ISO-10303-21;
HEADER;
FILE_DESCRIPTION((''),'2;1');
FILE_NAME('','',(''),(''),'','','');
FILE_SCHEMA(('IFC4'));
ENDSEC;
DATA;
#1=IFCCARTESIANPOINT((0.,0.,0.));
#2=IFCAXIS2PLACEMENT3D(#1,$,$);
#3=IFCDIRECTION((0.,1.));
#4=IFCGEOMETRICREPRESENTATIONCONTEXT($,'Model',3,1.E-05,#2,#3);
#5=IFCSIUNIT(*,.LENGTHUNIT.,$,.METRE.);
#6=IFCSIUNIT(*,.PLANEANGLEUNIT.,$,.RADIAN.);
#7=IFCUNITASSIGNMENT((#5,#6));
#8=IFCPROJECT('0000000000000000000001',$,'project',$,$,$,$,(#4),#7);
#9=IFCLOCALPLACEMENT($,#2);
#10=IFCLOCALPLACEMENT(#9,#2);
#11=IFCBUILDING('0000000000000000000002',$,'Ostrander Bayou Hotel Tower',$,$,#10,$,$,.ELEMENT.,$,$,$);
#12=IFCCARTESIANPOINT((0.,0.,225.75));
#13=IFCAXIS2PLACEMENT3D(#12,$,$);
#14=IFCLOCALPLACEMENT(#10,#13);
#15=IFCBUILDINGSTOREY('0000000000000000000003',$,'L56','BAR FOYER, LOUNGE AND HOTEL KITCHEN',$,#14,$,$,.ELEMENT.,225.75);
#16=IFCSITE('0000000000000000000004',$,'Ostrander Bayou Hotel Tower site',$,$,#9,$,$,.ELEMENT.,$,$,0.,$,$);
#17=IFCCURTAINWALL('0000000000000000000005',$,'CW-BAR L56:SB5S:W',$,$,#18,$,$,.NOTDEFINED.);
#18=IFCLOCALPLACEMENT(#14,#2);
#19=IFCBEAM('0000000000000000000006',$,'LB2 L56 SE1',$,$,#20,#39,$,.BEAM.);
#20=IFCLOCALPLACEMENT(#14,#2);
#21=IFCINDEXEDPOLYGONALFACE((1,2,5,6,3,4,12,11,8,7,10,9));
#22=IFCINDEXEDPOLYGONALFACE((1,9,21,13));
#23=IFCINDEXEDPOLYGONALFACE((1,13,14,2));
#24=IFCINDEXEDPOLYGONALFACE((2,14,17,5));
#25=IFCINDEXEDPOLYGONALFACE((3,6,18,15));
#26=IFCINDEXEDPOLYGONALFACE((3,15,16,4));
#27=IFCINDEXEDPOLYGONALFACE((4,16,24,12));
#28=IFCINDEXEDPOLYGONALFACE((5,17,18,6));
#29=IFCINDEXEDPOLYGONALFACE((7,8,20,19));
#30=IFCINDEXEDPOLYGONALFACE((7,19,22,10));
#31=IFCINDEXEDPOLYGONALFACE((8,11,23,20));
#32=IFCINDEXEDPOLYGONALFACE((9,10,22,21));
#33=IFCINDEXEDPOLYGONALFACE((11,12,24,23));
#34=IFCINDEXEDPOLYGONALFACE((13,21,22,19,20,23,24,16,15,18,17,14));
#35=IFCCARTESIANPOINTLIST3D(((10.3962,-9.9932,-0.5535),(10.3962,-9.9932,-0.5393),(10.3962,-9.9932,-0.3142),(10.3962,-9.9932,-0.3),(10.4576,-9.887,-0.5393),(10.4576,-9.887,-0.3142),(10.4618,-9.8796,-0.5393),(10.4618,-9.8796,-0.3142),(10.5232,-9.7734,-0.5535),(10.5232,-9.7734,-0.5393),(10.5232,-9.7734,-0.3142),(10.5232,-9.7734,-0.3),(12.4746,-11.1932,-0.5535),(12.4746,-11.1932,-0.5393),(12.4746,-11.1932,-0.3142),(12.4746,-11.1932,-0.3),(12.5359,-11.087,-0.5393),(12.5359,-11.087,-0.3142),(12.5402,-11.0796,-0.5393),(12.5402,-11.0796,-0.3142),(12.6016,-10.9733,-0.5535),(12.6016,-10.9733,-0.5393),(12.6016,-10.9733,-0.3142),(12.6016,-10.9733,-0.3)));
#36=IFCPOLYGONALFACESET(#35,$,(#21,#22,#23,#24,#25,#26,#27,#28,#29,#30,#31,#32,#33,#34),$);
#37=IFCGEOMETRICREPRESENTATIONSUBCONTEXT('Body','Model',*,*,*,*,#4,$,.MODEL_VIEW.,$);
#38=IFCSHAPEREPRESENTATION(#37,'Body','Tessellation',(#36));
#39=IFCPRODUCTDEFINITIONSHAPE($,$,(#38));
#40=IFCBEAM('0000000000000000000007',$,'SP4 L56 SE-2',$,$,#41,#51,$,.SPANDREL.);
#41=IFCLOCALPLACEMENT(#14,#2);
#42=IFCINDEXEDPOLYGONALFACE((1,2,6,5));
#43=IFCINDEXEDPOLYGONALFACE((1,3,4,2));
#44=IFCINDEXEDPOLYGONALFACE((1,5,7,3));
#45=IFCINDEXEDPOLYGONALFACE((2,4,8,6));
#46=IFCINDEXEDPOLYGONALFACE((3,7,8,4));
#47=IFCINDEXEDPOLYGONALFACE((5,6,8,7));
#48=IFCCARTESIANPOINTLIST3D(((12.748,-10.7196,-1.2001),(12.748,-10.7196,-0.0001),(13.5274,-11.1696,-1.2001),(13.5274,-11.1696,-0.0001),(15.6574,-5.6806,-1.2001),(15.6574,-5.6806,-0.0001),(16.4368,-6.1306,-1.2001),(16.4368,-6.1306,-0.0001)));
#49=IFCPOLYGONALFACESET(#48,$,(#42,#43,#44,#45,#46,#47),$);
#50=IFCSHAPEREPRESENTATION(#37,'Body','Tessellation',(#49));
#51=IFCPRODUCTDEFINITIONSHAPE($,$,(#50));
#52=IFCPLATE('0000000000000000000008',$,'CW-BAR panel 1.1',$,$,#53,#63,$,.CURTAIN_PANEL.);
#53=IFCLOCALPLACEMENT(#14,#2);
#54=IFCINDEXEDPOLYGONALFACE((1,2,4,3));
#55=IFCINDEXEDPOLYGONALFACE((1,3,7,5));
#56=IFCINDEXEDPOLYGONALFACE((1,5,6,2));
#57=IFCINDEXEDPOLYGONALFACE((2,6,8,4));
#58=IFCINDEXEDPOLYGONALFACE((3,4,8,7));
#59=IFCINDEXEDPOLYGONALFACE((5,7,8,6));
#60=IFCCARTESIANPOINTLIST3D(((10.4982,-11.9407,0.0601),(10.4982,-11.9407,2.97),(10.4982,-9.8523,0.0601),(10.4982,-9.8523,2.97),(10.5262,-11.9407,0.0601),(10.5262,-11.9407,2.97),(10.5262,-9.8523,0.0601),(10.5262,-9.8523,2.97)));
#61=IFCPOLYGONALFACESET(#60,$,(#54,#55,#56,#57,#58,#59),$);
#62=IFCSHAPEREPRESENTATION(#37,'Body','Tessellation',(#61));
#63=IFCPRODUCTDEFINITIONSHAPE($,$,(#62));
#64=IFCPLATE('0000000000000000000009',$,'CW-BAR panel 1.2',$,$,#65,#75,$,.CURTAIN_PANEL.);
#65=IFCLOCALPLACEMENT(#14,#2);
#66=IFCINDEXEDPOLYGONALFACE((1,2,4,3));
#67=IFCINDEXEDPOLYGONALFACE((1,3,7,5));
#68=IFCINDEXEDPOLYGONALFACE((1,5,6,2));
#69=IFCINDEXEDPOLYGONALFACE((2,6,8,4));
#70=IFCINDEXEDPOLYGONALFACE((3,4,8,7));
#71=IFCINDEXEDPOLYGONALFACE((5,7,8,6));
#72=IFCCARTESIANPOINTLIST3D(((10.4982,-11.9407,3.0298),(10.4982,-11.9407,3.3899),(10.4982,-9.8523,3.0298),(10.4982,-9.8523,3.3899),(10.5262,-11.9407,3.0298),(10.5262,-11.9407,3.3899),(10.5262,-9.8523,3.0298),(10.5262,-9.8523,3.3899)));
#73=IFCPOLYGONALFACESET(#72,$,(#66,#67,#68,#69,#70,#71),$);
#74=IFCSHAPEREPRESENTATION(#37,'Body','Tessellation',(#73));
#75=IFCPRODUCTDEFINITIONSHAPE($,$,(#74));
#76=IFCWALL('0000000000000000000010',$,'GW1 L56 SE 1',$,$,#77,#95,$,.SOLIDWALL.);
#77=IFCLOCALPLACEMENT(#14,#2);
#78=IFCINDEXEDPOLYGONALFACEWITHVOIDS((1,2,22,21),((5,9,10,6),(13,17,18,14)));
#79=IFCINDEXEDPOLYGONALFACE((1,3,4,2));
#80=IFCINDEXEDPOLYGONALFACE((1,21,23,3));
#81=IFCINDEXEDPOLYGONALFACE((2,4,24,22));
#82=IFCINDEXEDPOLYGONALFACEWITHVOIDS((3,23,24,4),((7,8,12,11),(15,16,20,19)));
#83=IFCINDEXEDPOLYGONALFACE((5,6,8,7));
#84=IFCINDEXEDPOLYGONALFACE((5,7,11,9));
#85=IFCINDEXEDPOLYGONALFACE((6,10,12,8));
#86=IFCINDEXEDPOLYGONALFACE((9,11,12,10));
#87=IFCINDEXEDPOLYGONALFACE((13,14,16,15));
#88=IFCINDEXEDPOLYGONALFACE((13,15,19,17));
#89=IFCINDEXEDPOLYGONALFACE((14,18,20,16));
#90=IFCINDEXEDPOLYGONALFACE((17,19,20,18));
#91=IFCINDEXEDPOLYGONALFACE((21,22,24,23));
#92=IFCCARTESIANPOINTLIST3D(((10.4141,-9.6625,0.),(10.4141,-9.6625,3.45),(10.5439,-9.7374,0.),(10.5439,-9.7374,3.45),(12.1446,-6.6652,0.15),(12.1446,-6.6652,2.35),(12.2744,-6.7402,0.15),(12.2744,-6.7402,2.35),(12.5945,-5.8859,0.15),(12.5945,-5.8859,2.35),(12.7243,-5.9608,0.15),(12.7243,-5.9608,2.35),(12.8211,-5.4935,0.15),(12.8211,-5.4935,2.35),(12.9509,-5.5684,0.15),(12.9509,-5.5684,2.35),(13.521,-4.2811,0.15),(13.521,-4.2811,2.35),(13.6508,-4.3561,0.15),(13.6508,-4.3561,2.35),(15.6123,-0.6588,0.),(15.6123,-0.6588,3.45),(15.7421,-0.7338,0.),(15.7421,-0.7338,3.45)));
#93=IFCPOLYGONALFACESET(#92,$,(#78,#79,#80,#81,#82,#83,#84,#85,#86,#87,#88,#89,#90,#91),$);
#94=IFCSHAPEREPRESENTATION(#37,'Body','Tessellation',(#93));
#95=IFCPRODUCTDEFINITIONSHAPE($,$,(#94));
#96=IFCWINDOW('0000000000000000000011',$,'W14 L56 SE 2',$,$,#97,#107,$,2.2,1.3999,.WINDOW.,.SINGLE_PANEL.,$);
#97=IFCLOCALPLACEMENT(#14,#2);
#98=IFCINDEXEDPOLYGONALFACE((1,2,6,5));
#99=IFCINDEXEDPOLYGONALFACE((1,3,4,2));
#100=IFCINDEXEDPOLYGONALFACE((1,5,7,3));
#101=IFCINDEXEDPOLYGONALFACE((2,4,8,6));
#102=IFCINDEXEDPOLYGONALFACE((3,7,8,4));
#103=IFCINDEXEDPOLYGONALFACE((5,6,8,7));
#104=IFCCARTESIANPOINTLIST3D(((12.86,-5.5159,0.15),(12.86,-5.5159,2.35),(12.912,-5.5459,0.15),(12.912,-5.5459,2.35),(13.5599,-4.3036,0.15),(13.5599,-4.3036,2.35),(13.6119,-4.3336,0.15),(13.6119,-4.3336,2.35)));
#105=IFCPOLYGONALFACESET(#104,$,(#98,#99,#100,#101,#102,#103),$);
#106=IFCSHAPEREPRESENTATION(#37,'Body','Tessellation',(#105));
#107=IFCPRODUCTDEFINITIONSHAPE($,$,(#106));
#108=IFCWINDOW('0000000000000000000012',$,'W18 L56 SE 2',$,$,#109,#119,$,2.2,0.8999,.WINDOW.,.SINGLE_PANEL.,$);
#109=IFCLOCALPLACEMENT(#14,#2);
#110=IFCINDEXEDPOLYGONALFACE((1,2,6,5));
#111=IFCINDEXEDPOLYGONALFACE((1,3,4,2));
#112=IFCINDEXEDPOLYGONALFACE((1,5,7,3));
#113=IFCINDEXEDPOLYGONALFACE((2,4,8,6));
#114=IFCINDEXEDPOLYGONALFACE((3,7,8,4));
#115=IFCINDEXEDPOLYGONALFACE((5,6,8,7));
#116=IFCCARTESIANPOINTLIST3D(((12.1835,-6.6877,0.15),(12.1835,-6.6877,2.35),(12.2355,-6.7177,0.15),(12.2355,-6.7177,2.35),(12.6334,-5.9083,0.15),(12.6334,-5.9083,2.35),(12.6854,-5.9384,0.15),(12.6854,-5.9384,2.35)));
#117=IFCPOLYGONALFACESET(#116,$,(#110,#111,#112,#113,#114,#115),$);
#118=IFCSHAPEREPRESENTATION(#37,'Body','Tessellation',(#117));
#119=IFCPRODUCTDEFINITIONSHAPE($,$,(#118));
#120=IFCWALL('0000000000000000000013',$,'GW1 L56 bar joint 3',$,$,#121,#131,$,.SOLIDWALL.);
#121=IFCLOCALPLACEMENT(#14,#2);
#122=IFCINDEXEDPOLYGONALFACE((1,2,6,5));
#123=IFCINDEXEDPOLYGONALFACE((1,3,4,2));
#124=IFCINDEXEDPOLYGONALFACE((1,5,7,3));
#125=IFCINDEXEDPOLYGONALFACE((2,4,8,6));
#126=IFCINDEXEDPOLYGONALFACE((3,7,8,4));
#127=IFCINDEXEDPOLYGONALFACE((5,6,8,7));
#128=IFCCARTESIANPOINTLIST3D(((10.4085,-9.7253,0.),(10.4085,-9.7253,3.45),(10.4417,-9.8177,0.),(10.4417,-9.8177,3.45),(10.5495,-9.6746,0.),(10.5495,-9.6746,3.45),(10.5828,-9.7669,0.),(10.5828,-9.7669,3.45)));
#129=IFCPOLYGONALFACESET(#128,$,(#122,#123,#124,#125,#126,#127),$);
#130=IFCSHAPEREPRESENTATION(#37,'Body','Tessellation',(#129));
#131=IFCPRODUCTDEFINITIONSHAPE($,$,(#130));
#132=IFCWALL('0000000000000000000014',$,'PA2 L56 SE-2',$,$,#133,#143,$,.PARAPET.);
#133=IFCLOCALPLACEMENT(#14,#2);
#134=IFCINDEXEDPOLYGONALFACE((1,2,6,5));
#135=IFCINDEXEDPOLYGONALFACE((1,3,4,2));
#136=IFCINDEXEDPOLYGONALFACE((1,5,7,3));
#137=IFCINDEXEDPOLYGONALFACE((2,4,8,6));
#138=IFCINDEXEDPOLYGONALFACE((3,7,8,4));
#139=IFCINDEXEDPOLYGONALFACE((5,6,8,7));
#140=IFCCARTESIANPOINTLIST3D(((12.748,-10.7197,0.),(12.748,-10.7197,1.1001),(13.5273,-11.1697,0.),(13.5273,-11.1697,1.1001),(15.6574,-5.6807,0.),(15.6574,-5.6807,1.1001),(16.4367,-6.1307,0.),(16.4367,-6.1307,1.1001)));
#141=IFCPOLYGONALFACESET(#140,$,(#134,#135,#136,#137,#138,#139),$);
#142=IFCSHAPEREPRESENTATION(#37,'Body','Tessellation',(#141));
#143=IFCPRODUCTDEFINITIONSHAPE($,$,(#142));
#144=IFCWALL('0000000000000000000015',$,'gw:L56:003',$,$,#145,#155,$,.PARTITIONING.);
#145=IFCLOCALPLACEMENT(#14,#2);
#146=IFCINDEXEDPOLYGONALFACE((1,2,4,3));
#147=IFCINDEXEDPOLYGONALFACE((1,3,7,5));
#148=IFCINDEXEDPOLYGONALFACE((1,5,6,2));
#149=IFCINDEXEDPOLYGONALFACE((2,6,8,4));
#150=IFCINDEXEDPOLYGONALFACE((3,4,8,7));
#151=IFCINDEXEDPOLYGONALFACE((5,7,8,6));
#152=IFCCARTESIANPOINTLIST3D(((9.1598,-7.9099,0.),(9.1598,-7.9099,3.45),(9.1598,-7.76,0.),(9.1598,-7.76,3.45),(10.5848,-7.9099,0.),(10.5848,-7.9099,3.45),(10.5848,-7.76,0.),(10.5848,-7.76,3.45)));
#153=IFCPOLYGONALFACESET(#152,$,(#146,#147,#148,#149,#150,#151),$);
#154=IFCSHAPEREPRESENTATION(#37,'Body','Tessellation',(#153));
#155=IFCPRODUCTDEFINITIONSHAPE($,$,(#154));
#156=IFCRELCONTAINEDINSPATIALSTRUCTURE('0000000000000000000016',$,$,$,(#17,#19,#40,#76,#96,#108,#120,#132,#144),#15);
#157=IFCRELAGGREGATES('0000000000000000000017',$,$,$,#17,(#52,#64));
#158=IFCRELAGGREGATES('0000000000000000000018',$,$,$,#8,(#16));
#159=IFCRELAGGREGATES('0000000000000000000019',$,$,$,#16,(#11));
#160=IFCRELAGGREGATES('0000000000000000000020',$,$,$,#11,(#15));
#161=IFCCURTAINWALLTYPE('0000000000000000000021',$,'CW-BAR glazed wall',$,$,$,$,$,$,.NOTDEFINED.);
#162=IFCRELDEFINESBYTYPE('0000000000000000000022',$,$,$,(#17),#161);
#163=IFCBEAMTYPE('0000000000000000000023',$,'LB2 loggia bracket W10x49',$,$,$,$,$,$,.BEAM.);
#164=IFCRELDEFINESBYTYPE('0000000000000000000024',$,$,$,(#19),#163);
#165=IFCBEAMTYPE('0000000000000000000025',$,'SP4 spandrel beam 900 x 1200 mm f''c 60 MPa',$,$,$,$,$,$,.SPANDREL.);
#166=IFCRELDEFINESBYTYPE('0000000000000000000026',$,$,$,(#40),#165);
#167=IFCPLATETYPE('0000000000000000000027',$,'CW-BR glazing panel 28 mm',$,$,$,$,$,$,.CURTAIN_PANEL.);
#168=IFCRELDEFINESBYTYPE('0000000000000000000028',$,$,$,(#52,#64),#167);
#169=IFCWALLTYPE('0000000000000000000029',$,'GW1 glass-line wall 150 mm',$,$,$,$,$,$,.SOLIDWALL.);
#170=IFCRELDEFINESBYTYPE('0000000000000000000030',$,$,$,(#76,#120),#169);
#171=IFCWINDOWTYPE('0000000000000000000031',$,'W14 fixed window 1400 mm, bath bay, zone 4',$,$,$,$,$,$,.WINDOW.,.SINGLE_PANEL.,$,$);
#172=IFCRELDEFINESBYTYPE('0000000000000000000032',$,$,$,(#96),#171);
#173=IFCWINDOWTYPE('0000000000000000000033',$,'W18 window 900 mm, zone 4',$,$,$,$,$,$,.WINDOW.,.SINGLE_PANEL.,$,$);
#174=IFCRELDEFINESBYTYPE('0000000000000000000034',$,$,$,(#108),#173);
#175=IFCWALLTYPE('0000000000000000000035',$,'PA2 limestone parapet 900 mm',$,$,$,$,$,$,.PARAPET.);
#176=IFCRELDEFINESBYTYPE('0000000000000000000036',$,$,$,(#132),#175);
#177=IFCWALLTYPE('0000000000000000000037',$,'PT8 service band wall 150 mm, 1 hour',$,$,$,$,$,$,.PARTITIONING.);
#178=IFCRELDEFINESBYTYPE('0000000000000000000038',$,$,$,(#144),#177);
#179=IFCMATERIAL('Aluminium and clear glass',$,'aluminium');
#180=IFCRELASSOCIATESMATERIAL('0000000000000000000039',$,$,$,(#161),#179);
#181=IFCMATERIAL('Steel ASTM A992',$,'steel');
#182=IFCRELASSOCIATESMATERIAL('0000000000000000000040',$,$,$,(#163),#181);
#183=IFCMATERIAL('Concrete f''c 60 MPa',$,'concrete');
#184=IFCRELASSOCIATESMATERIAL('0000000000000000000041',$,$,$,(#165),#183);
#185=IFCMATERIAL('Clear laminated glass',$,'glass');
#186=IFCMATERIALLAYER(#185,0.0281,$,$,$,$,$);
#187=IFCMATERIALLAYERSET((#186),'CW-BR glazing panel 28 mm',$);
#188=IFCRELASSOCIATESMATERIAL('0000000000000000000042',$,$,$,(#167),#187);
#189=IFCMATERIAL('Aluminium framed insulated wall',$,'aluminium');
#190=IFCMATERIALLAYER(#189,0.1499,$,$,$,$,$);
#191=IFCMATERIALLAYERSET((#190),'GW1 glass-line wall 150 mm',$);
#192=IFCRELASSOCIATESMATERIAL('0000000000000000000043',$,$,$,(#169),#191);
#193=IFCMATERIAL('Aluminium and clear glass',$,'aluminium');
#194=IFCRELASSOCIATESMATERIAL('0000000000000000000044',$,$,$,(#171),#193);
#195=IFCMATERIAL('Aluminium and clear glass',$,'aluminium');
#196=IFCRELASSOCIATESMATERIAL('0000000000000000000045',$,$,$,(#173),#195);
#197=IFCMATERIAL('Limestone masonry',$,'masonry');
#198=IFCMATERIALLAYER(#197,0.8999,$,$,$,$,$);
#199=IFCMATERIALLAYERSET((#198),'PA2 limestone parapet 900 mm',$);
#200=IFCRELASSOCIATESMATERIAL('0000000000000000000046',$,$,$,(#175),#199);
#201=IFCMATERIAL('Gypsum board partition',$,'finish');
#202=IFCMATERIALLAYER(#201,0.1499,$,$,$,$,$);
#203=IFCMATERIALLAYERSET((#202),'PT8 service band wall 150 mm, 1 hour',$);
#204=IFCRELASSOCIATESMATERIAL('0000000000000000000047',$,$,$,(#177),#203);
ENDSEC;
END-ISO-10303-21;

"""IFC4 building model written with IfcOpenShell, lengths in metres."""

from ifc_helpers import new_model, si_unit, direction, frame, frame_2d, origin, origin_2d, place, context, subcontext, project, spatial, rectangle, i_section, extrude, material, layer, layer_set, material_profile, profile_set, type_object, element, fill, aggregate, save


model = new_model("IFC4")

# Units and contexts
model_context = context("Model", 3, precision=1e-05, world=origin(), true_north=direction((0.0, 1.0)))
body_context = subcontext(model_context, "Body", "Model", "MODEL_VIEW")
ifc_project = project(units=[si_unit("LENGTHUNIT", "METRE"), si_unit("PLANEANGLEUNIT", "RADIAN")], contexts=[model_context])

# Site, building, storey
site_placement = place(None, origin())
site = spatial("IfcSite", under=ifc_project, at=site_placement, Name="Ostrander Bayou Hotel Tower site", CompositionType="ELEMENT", RefElevation=0.0)
building_placement = place(site_placement, origin())
building = spatial("IfcBuilding", under=site, at=building_placement, Name="Ostrander Bayou Hotel Tower", CompositionType="ELEMENT")
storey_placement = place(building_placement, frame((0.0, 0.0, 225.75)))
storey = spatial("IfcBuildingStorey", under=building, at=storey_placement, Name="L56", Description="BAR FOYER, LOUNGE AND HOTEL KITCHEN", CompositionType="ELEMENT", Elevation=225.75)

# Curtain wall
ifc_material_1 = material(Name="Aluminium and clear glass", Category="aluminium")
curtain_wall_type_1 = type_object("IfcCurtainWallType", Name="CW-BAR glazed wall", PredefinedType="NOTDEFINED", material=ifc_material_1)
curtain_wall_1_placement = place(storey_placement, origin())
curtain_wall_1 = element("IfcCurtainWall", 1, at=curtain_wall_1_placement, inside=storey, type_object=curtain_wall_type_1, Name="CW-BAR L56:SB5S:W", PredefinedType="NOTDEFINED")

# Beams
ifc_material_2 = material(Name="Steel ASTM A992", Category="steel")
ifc_material_profile_1 = material_profile(ifc_material_2, i_section(OverallWidth=0.2539, OverallDepth=0.2534, WebThickness=0.0085, FlangeThickness=0.0142, at=origin_2d()))
ifc_profile_set_1 = profile_set([ifc_material_profile_1], Name="Steel ASTM A992")
beam_type_1 = type_object("IfcBeamType", Name="LB2 loggia bracket W10x49", PredefinedType="BEAM", material=ifc_profile_set_1)
beam_1_placement = place(storey_placement, frame((12.5381, -11.0833, -0.4268), z_axis=(-0.866025, 0.500001, 0.0), x_axis=(-0.500001, -0.866025, 0.0)))
element("IfcBeam", 2, at=beam_1_placement, inside=storey, type_object=beam_type_1, Name="LB2 L56 SE1", PredefinedType="BEAM", context=body_context, shape_type="SweptSolid", body=[
    extrude(i_section(OverallWidth=0.2539, OverallDepth=0.2534, WebThickness=0.0085, FlangeThickness=0.0142, at=origin_2d()), origin(), (0.0, 0.0, 1.0), 2.3999),
])
ifc_material_3 = material(Name="Concrete f'c 60 MPa", Category="concrete")
ifc_material_profile_2 = material_profile(ifc_material_3, rectangle(XDim=0.8999, YDim=1.2, at=origin_2d()))
ifc_profile_set_2 = profile_set([ifc_material_profile_2], Name="Concrete f'c 60 MPa")
beam_type_2 = type_object("IfcBeamType", Name="SP4 spandrel beam 900 x 1200 mm f'c 60 MPa", PredefinedType="SPANDREL", material=ifc_profile_set_2)
beam_2_placement = place(storey_placement, frame((13.1377, -10.9446, -0.6001), z_axis=(0.500015, 0.866016, 0.0), x_axis=(-0.866016, 0.500015, 0.0)))
element("IfcBeam", 3, at=beam_2_placement, inside=storey, type_object=beam_type_2, Name="SP4 L56 SE-2", PredefinedType="SPANDREL", context=body_context, shape_type="SweptSolid", body=[
    extrude(rectangle(XDim=0.8999, YDim=1.2, at=origin_2d()), origin(), (0.0, 0.0, 1.0), 5.8186),
])

# Plates
ifc_material_4 = material(Name="Clear laminated glass", Category="glass")
ifc_layer_1 = layer(ifc_material_4, 0.0281)
ifc_layer_set_1 = layer_set([ifc_layer_1], Name="CW-BR glazing panel 28 mm")
plate_type = type_object("IfcPlateType", Name="CW-BR glazing panel 28 mm", PredefinedType="CURTAIN_PANEL", material=ifc_layer_set_1)
plate_1_placement = place(storey_placement, frame((10.5122, -10.8965, 0.0601), z_axis=(0.0, 0.0, 1.0), x_axis=(0.0, -1.0, 0.0)))
plate_1 = element("IfcPlate", 4, at=plate_1_placement, type_object=plate_type, Name="CW-BAR panel 1.1", PredefinedType="CURTAIN_PANEL", context=body_context, shape_type="SweptSolid", body=[
    extrude(rectangle(XDim=2.0884, YDim=0.0281, at=origin_2d()), origin(), (0.0, 0.0, 1.0), 2.9099),
])
plate_2_placement = place(storey_placement, frame((10.5122, -10.8965, 3.0298), z_axis=(0.0, 0.0, 1.0), x_axis=(0.0, -1.0, 0.0)))
plate_2 = element("IfcPlate", 5, at=plate_2_placement, type_object=plate_type, Name="CW-BAR panel 1.2", PredefinedType="CURTAIN_PANEL", context=body_context, shape_type="SweptSolid", body=[
    extrude(rectangle(XDim=2.0884, YDim=0.0281, at=origin_2d()), origin(), (0.0, 0.0, 1.0), 0.3601),
])
aggregate(curtain_wall_1, [plate_1, plate_2])

# Wall, openings, windows
ifc_material_5 = material(Name="Aluminium framed insulated wall", Category="aluminium")
ifc_layer_2 = layer(ifc_material_5, 0.1499)
ifc_layer_set_2 = layer_set([ifc_layer_2], Name="GW1 glass-line wall 150 mm")
wall_type_1 = type_object("IfcWallType", Name="GW1 glass-line wall 150 mm", PredefinedType="SOLIDWALL", material=ifc_layer_set_2)
wall_1_placement = place(storey_placement, frame((10.479, -9.7, 0.0), z_axis=(0.0, 0.0, 1.0), x_axis=(0.499998, 0.866026, 0.0)))
wall_1 = element("IfcWall", 6, at=wall_1_placement, inside=storey, type_object=wall_type_1, Name="GW1 L56 SE 1", PredefinedType="SOLIDWALL", context=body_context, shape_type="SweptSolid", body=[
    extrude(rectangle(XDim=10.3965, YDim=0.1499, at=frame_2d((5.1982, 0.0))), origin(), (0.0, 0.0, 1.0), 3.45),
])
opening_1_placement = place(wall_1_placement, frame((3.4609, 0.0, 0.1499)))
opening_1 = element("IfcOpeningElement", 7, at=opening_1_placement, cuts=wall_1, PredefinedType="OPENING", context=body_context, shape_type="SweptSolid", body=[
    extrude(rectangle(XDim=0.8999, YDim=2.2, at=frame_2d((0.45, 1.1001))), frame((0.0, 0.075, 0.0), z_axis=(0.0, -1.0, 0.0), x_axis=(1.0, 0.0, 0.0)), (0.0, 0.0, 1.0), 0.1499),
])
opening_2_placement = place(wall_1_placement, frame((4.814, 0.0, 0.1499)))
opening_2 = element("IfcOpeningElement", 8, at=opening_2_placement, cuts=wall_1, PredefinedType="OPENING", context=body_context, shape_type="SweptSolid", body=[
    extrude(rectangle(XDim=1.3999, YDim=2.2, at=frame_2d((0.7, 1.1001))), frame((0.0, 0.075, 0.0), z_axis=(0.0, -1.0, 0.0), x_axis=(1.0, 0.0, 0.0)), (0.0, 0.0, 1.0), 0.1499),
])
ifc_material_6 = material(Name="Aluminium and clear glass", Category="aluminium")
window_type_1 = type_object("IfcWindowType", Name="W14 fixed window 1400 mm, bath bay, zone 4", PartitioningType="SINGLE_PANEL", PredefinedType="WINDOW", material=ifc_material_6)
window_1_placement = place(opening_2_placement, origin())
window_1 = element("IfcWindow", 9, at=window_1_placement, inside=storey, type_object=window_type_1, Name="W14 L56 SE 2", OverallHeight=2.2, OverallWidth=1.3999, PartitioningType="SINGLE_PANEL", PredefinedType="WINDOW", context=body_context, shape_type="SweptSolid", body=[
    extrude(rectangle(XDim=1.3999, YDim=2.2, at=frame_2d((0.7, 1.1001))), frame((0.0, 0.03, 0.0), z_axis=(0.0, -1.0, 0.0), x_axis=(1.0, 0.0, 0.0)), (0.0, 0.0, 1.0), 0.0601),
])
fill(opening_2, window_1)
ifc_material_7 = material(Name="Aluminium and clear glass", Category="aluminium")
window_type_2 = type_object("IfcWindowType", Name="W18 window 900 mm, zone 4", PartitioningType="SINGLE_PANEL", PredefinedType="WINDOW", material=ifc_material_7)
window_2_placement = place(opening_1_placement, origin())
window_2 = element("IfcWindow", 10, at=window_2_placement, inside=storey, type_object=window_type_2, Name="W18 L56 SE 2", OverallHeight=2.2, OverallWidth=0.8999, PartitioningType="SINGLE_PANEL", PredefinedType="WINDOW", context=body_context, shape_type="SweptSolid", body=[
    extrude(rectangle(XDim=0.8999, YDim=2.2, at=frame_2d((0.45, 1.1001))), frame((0.0, 0.03, 0.0), z_axis=(0.0, -1.0, 0.0), x_axis=(1.0, 0.0, 0.0)), (0.0, 0.0, 1.0), 0.0601),
])
fill(opening_1, window_2)

# Walls
wall_2_placement = place(storey_placement, frame((10.479, -9.7, 0.0), z_axis=(0.0, 0.0, 1.0), x_axis=(0.338543, -0.940951, 0.0)))
element("IfcWall", 11, at=wall_2_placement, inside=storey, type_object=wall_type_1, Name="GW1 L56 bar joint 3", PredefinedType="SOLIDWALL", context=body_context, shape_type="SweptSolid", body=[
    extrude(rectangle(XDim=0.0981, YDim=0.1499, at=frame_2d((0.0491, 0.0))), origin(), (0.0, 0.0, 1.0), 3.45),
])
ifc_material_8 = material(Name="Limestone masonry", Category="masonry")
ifc_layer_3 = layer(ifc_material_8, 0.8999)
ifc_layer_set_3 = layer_set([ifc_layer_3], Name="PA2 limestone parapet 900 mm")
wall_type_2 = type_object("IfcWallType", Name="PA2 limestone parapet 900 mm", PredefinedType="PARAPET", material=ifc_layer_set_3)
wall_3_placement = place(storey_placement, frame((13.1377, -10.9446, 0.0), z_axis=(0.0, 0.0, 1.0), x_axis=(0.500015, 0.866016, 0.0)))
element("IfcWall", 12, at=wall_3_placement, inside=storey, type_object=wall_type_2, Name="PA2 L56 SE-2", PredefinedType="PARAPET", context=body_context, shape_type="SweptSolid", body=[
    extrude(rectangle(XDim=5.8186, YDim=0.8999, at=frame_2d((2.9092, 0.0))), origin(), (0.0, 0.0, 1.0), 1.1001),
])
ifc_material_9 = material(Name="Gypsum board partition", Category="finish")
ifc_layer_4 = layer(ifc_material_9, 0.1499)
ifc_layer_set_4 = layer_set([ifc_layer_4], Name="PT8 service band wall 150 mm, 1 hour")
wall_type_3 = type_object("IfcWallType", Name="PT8 service band wall 150 mm, 1 hour", PredefinedType="PARTITIONING", material=ifc_layer_set_4)
wall_4_placement = place(storey_placement, frame((9.1599, -7.835, 0.0), z_axis=(0.0, 0.0, 1.0), x_axis=(1.0, 0.0, 0.0)))
element("IfcWall", 13, at=wall_4_placement, inside=storey, type_object=wall_type_3, Name="gw:L56:003", PredefinedType="PARTITIONING", context=body_context, shape_type="SweptSolid", body=[
    extrude(rectangle(XDim=1.425, YDim=0.1499, at=frame_2d((0.7124, 0.0))), origin(), (0.0, 0.0, 1.0), 3.45),
])

save(model, "model.ifc")
